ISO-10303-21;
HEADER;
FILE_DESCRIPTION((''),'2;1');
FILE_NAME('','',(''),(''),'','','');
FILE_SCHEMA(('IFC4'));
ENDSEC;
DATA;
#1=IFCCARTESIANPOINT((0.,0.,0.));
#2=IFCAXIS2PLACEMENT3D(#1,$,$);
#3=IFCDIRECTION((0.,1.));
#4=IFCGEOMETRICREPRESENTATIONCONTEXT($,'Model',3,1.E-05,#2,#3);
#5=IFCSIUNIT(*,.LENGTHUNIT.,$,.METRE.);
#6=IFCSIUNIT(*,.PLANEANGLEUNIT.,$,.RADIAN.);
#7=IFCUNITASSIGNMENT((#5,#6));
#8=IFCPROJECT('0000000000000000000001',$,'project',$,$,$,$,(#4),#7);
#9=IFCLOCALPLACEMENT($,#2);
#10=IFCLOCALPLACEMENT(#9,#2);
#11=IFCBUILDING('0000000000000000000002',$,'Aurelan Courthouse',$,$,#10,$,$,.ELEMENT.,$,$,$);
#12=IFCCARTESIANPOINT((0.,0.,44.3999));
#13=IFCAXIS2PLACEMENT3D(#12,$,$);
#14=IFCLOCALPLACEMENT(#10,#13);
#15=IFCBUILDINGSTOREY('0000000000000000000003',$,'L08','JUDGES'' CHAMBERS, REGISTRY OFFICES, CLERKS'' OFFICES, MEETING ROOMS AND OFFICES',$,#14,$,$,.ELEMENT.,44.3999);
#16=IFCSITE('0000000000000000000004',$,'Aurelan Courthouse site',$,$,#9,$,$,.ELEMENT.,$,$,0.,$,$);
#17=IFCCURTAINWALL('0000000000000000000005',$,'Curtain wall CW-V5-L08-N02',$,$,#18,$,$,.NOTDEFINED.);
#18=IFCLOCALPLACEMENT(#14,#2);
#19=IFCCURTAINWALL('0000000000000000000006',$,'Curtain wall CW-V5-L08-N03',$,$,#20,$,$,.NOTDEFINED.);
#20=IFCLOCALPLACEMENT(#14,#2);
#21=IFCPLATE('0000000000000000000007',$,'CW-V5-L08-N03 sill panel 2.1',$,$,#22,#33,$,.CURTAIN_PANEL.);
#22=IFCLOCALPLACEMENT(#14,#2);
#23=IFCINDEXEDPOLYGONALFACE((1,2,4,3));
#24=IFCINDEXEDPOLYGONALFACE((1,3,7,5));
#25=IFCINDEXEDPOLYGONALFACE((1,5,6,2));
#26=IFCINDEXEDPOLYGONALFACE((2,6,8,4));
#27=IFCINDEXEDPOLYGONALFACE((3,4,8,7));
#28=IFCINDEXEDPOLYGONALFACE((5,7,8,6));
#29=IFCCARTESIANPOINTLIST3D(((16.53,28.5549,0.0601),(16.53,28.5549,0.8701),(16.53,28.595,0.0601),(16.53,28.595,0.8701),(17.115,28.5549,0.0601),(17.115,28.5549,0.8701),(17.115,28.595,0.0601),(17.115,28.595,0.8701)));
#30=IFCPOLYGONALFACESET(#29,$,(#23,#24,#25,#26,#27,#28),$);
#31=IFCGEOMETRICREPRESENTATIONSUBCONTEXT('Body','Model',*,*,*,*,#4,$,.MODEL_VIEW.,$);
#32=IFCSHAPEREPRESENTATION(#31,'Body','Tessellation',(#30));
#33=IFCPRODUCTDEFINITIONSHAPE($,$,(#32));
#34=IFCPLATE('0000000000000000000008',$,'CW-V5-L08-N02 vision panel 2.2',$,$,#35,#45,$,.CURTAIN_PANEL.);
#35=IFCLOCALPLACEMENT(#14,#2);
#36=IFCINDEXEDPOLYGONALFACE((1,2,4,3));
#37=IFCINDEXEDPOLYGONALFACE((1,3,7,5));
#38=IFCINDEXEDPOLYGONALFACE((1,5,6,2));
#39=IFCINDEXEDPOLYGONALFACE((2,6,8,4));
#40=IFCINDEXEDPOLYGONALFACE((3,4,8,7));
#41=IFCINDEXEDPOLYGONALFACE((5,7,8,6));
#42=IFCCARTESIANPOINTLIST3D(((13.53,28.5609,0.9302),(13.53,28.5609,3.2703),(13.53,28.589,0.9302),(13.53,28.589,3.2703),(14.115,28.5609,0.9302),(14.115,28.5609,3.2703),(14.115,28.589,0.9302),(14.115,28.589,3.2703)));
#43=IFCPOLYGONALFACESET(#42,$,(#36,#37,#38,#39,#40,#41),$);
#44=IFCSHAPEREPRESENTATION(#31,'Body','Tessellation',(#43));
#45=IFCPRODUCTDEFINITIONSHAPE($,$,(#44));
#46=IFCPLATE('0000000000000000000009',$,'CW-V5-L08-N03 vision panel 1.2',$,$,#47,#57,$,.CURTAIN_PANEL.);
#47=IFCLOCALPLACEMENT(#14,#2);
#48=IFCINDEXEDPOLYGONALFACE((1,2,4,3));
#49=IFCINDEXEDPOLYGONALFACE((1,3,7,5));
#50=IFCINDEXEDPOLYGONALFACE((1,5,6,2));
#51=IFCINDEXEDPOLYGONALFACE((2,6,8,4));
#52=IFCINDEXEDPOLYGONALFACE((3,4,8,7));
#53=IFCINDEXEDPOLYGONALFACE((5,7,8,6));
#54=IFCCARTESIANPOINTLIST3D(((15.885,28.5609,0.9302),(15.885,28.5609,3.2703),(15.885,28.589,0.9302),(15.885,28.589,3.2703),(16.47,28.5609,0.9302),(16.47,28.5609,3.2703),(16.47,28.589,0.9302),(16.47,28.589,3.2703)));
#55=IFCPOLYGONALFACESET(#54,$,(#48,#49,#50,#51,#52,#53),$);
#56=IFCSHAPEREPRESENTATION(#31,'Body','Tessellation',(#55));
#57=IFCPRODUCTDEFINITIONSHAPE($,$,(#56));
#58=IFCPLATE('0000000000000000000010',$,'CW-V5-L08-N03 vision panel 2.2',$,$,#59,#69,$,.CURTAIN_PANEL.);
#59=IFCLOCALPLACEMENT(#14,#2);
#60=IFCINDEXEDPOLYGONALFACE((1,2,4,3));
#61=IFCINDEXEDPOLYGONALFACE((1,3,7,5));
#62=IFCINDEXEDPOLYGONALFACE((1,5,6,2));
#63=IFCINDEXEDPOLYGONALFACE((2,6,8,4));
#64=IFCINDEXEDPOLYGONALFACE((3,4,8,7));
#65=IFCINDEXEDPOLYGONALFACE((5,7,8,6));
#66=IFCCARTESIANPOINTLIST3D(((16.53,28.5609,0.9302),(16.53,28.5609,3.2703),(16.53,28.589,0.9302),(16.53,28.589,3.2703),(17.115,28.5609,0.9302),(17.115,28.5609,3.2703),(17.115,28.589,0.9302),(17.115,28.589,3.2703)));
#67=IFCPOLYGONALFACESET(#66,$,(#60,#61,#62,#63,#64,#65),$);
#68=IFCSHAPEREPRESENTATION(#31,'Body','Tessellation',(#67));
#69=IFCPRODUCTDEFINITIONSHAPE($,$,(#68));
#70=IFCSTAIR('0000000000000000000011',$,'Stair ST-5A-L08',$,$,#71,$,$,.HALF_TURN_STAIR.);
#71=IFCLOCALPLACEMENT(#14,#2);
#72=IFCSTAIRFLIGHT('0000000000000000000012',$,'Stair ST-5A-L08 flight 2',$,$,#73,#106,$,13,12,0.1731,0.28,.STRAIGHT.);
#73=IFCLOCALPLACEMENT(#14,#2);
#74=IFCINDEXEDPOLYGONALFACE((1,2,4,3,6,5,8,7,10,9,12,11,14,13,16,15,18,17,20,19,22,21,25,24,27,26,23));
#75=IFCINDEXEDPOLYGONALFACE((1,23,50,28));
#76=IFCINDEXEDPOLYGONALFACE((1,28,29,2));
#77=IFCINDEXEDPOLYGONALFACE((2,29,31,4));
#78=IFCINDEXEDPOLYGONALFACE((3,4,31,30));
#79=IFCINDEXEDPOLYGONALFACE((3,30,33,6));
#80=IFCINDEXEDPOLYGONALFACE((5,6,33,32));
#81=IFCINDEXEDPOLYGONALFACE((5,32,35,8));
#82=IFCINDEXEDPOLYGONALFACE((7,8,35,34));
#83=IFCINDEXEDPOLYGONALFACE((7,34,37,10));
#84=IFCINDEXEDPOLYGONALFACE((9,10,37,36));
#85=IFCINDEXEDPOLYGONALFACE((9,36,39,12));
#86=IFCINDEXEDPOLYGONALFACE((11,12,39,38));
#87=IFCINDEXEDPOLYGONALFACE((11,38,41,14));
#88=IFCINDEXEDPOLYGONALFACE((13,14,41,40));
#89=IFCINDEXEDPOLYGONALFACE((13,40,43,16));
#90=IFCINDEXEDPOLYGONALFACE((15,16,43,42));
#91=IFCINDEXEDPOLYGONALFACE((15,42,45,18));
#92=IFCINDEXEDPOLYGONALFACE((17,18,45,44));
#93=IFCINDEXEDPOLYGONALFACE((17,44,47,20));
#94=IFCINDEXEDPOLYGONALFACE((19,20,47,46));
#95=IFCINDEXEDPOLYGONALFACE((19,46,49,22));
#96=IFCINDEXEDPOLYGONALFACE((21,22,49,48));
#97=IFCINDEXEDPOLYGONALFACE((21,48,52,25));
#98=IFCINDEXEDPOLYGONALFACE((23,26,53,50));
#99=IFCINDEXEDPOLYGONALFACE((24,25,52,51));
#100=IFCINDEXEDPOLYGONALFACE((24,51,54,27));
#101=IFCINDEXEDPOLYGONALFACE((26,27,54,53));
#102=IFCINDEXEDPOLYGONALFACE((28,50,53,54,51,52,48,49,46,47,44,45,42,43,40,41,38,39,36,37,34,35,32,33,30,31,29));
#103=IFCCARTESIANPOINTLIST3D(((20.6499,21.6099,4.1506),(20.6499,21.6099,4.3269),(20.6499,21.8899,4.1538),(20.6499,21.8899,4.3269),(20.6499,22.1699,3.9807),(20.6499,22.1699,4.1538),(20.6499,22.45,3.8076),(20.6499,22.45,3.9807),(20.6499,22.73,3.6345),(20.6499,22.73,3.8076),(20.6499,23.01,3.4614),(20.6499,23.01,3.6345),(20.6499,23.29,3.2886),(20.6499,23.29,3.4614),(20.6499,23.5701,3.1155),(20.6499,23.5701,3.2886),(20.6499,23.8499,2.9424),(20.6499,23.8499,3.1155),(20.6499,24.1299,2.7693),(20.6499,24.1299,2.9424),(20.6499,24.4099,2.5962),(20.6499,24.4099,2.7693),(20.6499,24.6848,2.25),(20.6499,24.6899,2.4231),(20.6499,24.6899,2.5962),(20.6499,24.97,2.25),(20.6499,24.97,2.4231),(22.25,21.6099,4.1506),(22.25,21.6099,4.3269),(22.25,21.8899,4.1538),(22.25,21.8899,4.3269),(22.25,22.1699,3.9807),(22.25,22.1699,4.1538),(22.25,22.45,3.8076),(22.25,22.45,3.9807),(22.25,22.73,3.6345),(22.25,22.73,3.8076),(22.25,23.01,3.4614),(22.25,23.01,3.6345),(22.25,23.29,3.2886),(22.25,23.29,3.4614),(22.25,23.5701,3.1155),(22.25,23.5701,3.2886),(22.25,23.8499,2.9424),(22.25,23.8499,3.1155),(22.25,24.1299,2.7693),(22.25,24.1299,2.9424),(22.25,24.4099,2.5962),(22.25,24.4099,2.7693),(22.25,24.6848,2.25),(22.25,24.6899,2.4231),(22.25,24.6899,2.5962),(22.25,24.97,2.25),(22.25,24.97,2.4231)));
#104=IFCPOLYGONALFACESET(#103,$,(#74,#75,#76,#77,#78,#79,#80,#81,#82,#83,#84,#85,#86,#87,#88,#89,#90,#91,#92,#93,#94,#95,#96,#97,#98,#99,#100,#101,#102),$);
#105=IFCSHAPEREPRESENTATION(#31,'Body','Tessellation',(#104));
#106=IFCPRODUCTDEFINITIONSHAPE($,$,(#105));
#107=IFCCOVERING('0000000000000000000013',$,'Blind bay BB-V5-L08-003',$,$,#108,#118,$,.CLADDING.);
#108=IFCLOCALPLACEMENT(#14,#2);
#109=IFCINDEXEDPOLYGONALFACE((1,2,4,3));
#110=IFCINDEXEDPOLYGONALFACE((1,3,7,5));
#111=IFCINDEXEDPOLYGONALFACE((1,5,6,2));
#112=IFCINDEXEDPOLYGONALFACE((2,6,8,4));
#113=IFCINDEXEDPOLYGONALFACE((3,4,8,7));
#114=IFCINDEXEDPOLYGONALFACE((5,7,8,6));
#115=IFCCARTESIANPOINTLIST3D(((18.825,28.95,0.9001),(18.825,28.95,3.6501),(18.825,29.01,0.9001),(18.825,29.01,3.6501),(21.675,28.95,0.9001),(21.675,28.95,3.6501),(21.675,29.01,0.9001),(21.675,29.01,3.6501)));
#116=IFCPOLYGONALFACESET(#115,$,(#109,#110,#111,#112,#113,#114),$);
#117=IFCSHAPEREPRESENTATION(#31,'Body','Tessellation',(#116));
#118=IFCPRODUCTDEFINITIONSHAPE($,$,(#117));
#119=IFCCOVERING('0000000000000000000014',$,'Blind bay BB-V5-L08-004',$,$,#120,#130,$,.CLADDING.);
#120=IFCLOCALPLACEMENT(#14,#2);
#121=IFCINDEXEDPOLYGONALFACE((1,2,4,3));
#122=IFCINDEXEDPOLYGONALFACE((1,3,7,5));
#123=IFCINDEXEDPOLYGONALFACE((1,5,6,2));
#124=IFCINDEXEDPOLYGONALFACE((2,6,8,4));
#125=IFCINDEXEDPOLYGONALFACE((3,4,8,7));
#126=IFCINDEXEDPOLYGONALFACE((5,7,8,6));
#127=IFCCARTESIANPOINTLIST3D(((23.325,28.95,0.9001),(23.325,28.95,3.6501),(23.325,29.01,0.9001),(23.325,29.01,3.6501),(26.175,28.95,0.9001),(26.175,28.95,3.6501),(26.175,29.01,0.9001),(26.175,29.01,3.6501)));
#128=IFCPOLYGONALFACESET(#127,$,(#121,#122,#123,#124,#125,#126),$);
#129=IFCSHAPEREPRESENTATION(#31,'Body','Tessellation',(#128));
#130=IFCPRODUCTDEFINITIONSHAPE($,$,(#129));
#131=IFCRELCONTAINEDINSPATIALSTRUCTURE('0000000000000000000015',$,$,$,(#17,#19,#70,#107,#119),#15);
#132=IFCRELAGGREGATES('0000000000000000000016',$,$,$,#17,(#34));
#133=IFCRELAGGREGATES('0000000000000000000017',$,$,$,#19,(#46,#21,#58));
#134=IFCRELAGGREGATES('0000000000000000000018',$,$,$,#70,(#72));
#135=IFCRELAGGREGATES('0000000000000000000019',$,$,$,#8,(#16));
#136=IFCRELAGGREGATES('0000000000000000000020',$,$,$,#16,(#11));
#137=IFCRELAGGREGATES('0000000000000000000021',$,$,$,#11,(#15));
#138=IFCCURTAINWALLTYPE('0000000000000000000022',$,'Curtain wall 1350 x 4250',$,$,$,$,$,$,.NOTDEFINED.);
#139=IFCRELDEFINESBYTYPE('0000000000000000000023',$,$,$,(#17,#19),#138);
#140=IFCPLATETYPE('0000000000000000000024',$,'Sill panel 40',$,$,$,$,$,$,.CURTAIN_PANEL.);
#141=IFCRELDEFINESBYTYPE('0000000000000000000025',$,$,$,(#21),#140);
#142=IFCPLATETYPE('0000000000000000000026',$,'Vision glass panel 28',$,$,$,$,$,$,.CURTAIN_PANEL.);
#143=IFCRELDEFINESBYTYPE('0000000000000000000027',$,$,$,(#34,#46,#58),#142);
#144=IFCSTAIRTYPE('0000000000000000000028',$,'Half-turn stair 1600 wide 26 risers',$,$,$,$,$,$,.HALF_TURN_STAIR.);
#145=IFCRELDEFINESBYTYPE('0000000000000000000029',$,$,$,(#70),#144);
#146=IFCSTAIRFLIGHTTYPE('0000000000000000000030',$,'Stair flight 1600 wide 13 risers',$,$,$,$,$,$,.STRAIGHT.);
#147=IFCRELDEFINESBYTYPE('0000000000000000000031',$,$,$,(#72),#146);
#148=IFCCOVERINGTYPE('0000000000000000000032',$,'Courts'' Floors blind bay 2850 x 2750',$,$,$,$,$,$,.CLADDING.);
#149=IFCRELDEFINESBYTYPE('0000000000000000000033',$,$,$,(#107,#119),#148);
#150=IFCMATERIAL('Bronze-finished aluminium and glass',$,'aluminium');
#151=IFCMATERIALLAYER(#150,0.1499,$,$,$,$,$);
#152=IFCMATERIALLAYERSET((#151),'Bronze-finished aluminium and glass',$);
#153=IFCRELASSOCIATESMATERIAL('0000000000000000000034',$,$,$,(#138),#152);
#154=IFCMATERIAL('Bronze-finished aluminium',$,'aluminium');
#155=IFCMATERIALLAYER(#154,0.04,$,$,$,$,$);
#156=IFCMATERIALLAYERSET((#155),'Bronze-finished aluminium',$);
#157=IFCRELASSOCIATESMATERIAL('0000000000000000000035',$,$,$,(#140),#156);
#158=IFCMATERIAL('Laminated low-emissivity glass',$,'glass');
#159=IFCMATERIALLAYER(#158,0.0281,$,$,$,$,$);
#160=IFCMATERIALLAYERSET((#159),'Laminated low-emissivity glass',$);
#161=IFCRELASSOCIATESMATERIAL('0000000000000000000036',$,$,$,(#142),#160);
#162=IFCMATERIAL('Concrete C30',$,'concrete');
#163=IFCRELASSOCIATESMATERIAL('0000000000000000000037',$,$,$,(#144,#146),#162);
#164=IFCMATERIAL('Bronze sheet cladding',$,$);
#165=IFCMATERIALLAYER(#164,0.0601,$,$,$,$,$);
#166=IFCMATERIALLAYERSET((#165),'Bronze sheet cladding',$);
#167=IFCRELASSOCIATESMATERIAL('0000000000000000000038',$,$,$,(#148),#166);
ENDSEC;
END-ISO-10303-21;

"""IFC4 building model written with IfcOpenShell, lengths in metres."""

from ifc_helpers import new_model, si_unit, direction, frame, origin, origin_2d, place, context, subcontext, project, spatial, polyline, rectangle, outline, extrude, material, layer, layer_set, type_object, element, aggregate, save


model = new_model("IFC4")

# Units and contexts
model_context = context("Model", 3, precision=1e-05, world=origin(), true_north=direction((0.0, 1.0)))
body_context = subcontext(model_context, "Body", "Model", "MODEL_VIEW")
ifc_project = project(units=[si_unit("LENGTHUNIT", "METRE"), si_unit("PLANEANGLEUNIT", "RADIAN")], contexts=[model_context])

# Site, building, storey
site_placement = place(None, origin())
site = spatial("IfcSite", under=ifc_project, at=site_placement, Name="Aurelan Courthouse site", CompositionType="ELEMENT", RefElevation=0.0)
building_placement = place(site_placement, origin())
building = spatial("IfcBuilding", under=site, at=building_placement, Name="Aurelan Courthouse", CompositionType="ELEMENT")
storey_placement = place(building_placement, frame((0.0, 0.0, 44.3999)))
storey = spatial("IfcBuildingStorey", under=building, at=storey_placement, Name="L08", Description="JUDGES' CHAMBERS, REGISTRY OFFICES, CLERKS' OFFICES, MEETING ROOMS AND OFFICES", CompositionType="ELEMENT", Elevation=44.3999)

# Curtain walls
ifc_material_1 = material(Name="Bronze-finished aluminium and glass", Category="aluminium")
ifc_layer_1 = layer(ifc_material_1, 0.1499)
ifc_layer_set_1 = layer_set([ifc_layer_1], Name="Bronze-finished aluminium and glass")
curtain_wall_type = type_object("IfcCurtainWallType", Name="Curtain wall 1350 x 4250", PredefinedType="NOTDEFINED", material=ifc_layer_set_1)
curtain_wall_1_placement = place(storey_placement, origin())
curtain_wall_1 = element("IfcCurtainWall", 1, at=curtain_wall_1_placement, inside=storey, type_object=curtain_wall_type, Name="Curtain wall CW-V5-L08-N02", PredefinedType="NOTDEFINED")
ifc_material_2 = material(Name="Bronze-finished aluminium", Category="aluminium")
curtain_wall_2_placement = place(storey_placement, origin())
curtain_wall_2 = element("IfcCurtainWall", 2, at=curtain_wall_2_placement, inside=storey, type_object=curtain_wall_type, Name="Curtain wall CW-V5-L08-N03", PredefinedType="NOTDEFINED")

# Plates
ifc_layer_2 = layer(ifc_material_2, 0.04)
ifc_layer_set_2 = layer_set([ifc_layer_2], Name="Bronze-finished aluminium")
plate_type_1 = type_object("IfcPlateType", Name="Sill panel 40", PredefinedType="CURTAIN_PANEL", material=ifc_layer_set_2)
plate_1_placement = place(storey_placement, frame((16.8225, 28.575, 0.0601), z_axis=(0.0, 0.0, 1.0), x_axis=(1.0, 0.0, 0.0)))
plate_1 = element("IfcPlate", 3, at=plate_1_placement, type_object=plate_type_1, Name="CW-V5-L08-N03 sill panel 2.1", PredefinedType="CURTAIN_PANEL", context=body_context, shape_type="SweptSolid", body=[
    extrude(rectangle(XDim=0.585, YDim=0.04, at=origin_2d()), origin(), (0.0, 0.0, 1.0), 0.8101),
])
ifc_material_3 = material(Name="Laminated low-emissivity glass", Category="glass")
ifc_layer_3 = layer(ifc_material_3, 0.0281)
ifc_layer_set_3 = layer_set([ifc_layer_3], Name="Laminated low-emissivity glass")
plate_type_2 = type_object("IfcPlateType", Name="Vision glass panel 28", PredefinedType="CURTAIN_PANEL", material=ifc_layer_set_3)
plate_2_placement = place(storey_placement, frame((13.8225, 28.575, 0.9302), z_axis=(0.0, 0.0, 1.0), x_axis=(1.0, 0.0, 0.0)))
plate_2 = element("IfcPlate", 4, at=plate_2_placement, type_object=plate_type_2, Name="CW-V5-L08-N02 vision panel 2.2", PredefinedType="CURTAIN_PANEL", context=body_context, shape_type="SweptSolid", body=[
    extrude(rectangle(XDim=0.585, YDim=0.0281, at=origin_2d()), origin(), (0.0, 0.0, 1.0), 2.3401),
])
aggregate(curtain_wall_1, [plate_2])
plate_3_placement = place(storey_placement, frame((16.1775, 28.575, 0.9302), z_axis=(0.0, 0.0, 1.0), x_axis=(1.0, 0.0, 0.0)))
plate_3 = element("IfcPlate", 5, at=plate_3_placement, type_object=plate_type_2, Name="CW-V5-L08-N03 vision panel 1.2", PredefinedType="CURTAIN_PANEL", context=body_context, shape_type="SweptSolid", body=[
    extrude(rectangle(XDim=0.585, YDim=0.0281, at=origin_2d()), origin(), (0.0, 0.0, 1.0), 2.3401),
])
plate_4_placement = place(storey_placement, frame((16.8225, 28.575, 0.9302), z_axis=(0.0, 0.0, 1.0), x_axis=(1.0, 0.0, 0.0)))
plate_4 = element("IfcPlate", 6, at=plate_4_placement, type_object=plate_type_2, Name="CW-V5-L08-N03 vision panel 2.2", PredefinedType="CURTAIN_PANEL", context=body_context, shape_type="SweptSolid", body=[
    extrude(rectangle(XDim=0.585, YDim=0.0281, at=origin_2d()), origin(), (0.0, 0.0, 1.0), 2.3401),
])
aggregate(curtain_wall_2, [plate_3, plate_1, plate_4])

# Stair, stair flight
ifc_material_4 = material(Name="Concrete C30", Category="concrete")
stair_type = type_object("IfcStairType", Name="Half-turn stair 1600 wide 26 risers", PredefinedType="HALF_TURN_STAIR", material=ifc_material_4)
stair_placement = place(storey_placement, origin())
stair = element("IfcStair", 7, at=stair_placement, inside=storey, type_object=stair_type, Name="Stair ST-5A-L08", PredefinedType="HALF_TURN_STAIR")
stair_flight_type = type_object("IfcStairFlightType", Name="Stair flight 1600 wide 13 risers", PredefinedType="STRAIGHT", material=ifc_material_4)
stair_flight_placement = place(storey_placement, frame((21.45, 24.97, 2.25), z_axis=(0.0, 0.0, 1.0), x_axis=(0.0, -1.0, 0.0)))
stair_flight = element("IfcStairFlight", 8, at=stair_flight_placement, type_object=stair_flight_type, Name="Stair ST-5A-L08 flight 2", NumberOfRisers=13, NumberOfTreads=12, PredefinedType="STRAIGHT", RiserHeight=0.1731, TreadLength=0.28, context=body_context, shape_type="SweptSolid", body=[
    extrude(outline(polyline([(0.0, 0.0), (0.0, 0.1731), (0.28, 0.1731), (0.28, 0.3462), (0.5601, 0.3462), (0.5601, 0.5193), (0.8401, 0.5193), (0.8401, 0.6924), (1.1201, 0.6924), (1.1201, 0.8655), (1.3999, 0.8655), (1.3999, 1.0386), (1.6799, 1.0386), (1.6799, 1.2114), (1.96, 1.2114), (1.96, 1.3845), (2.24, 1.3845), (2.24, 1.5576), (2.52, 1.5576), (2.52, 1.7307), (2.8, 1.7307), (2.8, 1.9038), (3.0801, 1.9038), (3.0801, 2.0769), (3.3601, 2.0769), (3.3601, 2.25), (3.3601, 1.9006), (0.2852, 0.0), (0.0, 0.0)])), frame((0.0, 0.8, 0.0), z_axis=(0.0, -1.0, 0.0), x_axis=(1.0, 0.0, 0.0)), (0.0, 0.0, 1.0), 1.6001),
])
aggregate(stair, [stair_flight])

# Coverings
ifc_material_5 = material(Name="Bronze sheet cladding")
ifc_layer_4 = layer(ifc_material_5, 0.0601)
ifc_layer_set_4 = layer_set([ifc_layer_4], Name="Bronze sheet cladding")
covering_type = type_object("IfcCoveringType", Name="Courts' Floors blind bay 2850 x 2750", PredefinedType="CLADDING", material=ifc_layer_set_4)
for number, where, z_axis, x_axis, name in (
    (9, (20.25, 28.98, 0.9001), (0.0, 0.0, 1.0), (1.0, 0.0, 0.0), "Blind bay BB-V5-L08-003"),
    (10, (24.75, 28.98, 0.9001), (0.0, 0.0, 1.0), (1.0, 0.0, 0.0), "Blind bay BB-V5-L08-004"),
):
    element("IfcCovering", number, at=place(storey_placement, frame(where, z_axis=z_axis, x_axis=x_axis)), inside=storey, type_object=covering_type, Name=name, PredefinedType="CLADDING", context=body_context, shape_type="SweptSolid", body=[
        extrude(rectangle(XDim=2.8501, YDim=0.0601, at=origin_2d()), origin(), (0.0, 0.0, 1.0), 2.75),
    ])

save(model, "model.ifc")
